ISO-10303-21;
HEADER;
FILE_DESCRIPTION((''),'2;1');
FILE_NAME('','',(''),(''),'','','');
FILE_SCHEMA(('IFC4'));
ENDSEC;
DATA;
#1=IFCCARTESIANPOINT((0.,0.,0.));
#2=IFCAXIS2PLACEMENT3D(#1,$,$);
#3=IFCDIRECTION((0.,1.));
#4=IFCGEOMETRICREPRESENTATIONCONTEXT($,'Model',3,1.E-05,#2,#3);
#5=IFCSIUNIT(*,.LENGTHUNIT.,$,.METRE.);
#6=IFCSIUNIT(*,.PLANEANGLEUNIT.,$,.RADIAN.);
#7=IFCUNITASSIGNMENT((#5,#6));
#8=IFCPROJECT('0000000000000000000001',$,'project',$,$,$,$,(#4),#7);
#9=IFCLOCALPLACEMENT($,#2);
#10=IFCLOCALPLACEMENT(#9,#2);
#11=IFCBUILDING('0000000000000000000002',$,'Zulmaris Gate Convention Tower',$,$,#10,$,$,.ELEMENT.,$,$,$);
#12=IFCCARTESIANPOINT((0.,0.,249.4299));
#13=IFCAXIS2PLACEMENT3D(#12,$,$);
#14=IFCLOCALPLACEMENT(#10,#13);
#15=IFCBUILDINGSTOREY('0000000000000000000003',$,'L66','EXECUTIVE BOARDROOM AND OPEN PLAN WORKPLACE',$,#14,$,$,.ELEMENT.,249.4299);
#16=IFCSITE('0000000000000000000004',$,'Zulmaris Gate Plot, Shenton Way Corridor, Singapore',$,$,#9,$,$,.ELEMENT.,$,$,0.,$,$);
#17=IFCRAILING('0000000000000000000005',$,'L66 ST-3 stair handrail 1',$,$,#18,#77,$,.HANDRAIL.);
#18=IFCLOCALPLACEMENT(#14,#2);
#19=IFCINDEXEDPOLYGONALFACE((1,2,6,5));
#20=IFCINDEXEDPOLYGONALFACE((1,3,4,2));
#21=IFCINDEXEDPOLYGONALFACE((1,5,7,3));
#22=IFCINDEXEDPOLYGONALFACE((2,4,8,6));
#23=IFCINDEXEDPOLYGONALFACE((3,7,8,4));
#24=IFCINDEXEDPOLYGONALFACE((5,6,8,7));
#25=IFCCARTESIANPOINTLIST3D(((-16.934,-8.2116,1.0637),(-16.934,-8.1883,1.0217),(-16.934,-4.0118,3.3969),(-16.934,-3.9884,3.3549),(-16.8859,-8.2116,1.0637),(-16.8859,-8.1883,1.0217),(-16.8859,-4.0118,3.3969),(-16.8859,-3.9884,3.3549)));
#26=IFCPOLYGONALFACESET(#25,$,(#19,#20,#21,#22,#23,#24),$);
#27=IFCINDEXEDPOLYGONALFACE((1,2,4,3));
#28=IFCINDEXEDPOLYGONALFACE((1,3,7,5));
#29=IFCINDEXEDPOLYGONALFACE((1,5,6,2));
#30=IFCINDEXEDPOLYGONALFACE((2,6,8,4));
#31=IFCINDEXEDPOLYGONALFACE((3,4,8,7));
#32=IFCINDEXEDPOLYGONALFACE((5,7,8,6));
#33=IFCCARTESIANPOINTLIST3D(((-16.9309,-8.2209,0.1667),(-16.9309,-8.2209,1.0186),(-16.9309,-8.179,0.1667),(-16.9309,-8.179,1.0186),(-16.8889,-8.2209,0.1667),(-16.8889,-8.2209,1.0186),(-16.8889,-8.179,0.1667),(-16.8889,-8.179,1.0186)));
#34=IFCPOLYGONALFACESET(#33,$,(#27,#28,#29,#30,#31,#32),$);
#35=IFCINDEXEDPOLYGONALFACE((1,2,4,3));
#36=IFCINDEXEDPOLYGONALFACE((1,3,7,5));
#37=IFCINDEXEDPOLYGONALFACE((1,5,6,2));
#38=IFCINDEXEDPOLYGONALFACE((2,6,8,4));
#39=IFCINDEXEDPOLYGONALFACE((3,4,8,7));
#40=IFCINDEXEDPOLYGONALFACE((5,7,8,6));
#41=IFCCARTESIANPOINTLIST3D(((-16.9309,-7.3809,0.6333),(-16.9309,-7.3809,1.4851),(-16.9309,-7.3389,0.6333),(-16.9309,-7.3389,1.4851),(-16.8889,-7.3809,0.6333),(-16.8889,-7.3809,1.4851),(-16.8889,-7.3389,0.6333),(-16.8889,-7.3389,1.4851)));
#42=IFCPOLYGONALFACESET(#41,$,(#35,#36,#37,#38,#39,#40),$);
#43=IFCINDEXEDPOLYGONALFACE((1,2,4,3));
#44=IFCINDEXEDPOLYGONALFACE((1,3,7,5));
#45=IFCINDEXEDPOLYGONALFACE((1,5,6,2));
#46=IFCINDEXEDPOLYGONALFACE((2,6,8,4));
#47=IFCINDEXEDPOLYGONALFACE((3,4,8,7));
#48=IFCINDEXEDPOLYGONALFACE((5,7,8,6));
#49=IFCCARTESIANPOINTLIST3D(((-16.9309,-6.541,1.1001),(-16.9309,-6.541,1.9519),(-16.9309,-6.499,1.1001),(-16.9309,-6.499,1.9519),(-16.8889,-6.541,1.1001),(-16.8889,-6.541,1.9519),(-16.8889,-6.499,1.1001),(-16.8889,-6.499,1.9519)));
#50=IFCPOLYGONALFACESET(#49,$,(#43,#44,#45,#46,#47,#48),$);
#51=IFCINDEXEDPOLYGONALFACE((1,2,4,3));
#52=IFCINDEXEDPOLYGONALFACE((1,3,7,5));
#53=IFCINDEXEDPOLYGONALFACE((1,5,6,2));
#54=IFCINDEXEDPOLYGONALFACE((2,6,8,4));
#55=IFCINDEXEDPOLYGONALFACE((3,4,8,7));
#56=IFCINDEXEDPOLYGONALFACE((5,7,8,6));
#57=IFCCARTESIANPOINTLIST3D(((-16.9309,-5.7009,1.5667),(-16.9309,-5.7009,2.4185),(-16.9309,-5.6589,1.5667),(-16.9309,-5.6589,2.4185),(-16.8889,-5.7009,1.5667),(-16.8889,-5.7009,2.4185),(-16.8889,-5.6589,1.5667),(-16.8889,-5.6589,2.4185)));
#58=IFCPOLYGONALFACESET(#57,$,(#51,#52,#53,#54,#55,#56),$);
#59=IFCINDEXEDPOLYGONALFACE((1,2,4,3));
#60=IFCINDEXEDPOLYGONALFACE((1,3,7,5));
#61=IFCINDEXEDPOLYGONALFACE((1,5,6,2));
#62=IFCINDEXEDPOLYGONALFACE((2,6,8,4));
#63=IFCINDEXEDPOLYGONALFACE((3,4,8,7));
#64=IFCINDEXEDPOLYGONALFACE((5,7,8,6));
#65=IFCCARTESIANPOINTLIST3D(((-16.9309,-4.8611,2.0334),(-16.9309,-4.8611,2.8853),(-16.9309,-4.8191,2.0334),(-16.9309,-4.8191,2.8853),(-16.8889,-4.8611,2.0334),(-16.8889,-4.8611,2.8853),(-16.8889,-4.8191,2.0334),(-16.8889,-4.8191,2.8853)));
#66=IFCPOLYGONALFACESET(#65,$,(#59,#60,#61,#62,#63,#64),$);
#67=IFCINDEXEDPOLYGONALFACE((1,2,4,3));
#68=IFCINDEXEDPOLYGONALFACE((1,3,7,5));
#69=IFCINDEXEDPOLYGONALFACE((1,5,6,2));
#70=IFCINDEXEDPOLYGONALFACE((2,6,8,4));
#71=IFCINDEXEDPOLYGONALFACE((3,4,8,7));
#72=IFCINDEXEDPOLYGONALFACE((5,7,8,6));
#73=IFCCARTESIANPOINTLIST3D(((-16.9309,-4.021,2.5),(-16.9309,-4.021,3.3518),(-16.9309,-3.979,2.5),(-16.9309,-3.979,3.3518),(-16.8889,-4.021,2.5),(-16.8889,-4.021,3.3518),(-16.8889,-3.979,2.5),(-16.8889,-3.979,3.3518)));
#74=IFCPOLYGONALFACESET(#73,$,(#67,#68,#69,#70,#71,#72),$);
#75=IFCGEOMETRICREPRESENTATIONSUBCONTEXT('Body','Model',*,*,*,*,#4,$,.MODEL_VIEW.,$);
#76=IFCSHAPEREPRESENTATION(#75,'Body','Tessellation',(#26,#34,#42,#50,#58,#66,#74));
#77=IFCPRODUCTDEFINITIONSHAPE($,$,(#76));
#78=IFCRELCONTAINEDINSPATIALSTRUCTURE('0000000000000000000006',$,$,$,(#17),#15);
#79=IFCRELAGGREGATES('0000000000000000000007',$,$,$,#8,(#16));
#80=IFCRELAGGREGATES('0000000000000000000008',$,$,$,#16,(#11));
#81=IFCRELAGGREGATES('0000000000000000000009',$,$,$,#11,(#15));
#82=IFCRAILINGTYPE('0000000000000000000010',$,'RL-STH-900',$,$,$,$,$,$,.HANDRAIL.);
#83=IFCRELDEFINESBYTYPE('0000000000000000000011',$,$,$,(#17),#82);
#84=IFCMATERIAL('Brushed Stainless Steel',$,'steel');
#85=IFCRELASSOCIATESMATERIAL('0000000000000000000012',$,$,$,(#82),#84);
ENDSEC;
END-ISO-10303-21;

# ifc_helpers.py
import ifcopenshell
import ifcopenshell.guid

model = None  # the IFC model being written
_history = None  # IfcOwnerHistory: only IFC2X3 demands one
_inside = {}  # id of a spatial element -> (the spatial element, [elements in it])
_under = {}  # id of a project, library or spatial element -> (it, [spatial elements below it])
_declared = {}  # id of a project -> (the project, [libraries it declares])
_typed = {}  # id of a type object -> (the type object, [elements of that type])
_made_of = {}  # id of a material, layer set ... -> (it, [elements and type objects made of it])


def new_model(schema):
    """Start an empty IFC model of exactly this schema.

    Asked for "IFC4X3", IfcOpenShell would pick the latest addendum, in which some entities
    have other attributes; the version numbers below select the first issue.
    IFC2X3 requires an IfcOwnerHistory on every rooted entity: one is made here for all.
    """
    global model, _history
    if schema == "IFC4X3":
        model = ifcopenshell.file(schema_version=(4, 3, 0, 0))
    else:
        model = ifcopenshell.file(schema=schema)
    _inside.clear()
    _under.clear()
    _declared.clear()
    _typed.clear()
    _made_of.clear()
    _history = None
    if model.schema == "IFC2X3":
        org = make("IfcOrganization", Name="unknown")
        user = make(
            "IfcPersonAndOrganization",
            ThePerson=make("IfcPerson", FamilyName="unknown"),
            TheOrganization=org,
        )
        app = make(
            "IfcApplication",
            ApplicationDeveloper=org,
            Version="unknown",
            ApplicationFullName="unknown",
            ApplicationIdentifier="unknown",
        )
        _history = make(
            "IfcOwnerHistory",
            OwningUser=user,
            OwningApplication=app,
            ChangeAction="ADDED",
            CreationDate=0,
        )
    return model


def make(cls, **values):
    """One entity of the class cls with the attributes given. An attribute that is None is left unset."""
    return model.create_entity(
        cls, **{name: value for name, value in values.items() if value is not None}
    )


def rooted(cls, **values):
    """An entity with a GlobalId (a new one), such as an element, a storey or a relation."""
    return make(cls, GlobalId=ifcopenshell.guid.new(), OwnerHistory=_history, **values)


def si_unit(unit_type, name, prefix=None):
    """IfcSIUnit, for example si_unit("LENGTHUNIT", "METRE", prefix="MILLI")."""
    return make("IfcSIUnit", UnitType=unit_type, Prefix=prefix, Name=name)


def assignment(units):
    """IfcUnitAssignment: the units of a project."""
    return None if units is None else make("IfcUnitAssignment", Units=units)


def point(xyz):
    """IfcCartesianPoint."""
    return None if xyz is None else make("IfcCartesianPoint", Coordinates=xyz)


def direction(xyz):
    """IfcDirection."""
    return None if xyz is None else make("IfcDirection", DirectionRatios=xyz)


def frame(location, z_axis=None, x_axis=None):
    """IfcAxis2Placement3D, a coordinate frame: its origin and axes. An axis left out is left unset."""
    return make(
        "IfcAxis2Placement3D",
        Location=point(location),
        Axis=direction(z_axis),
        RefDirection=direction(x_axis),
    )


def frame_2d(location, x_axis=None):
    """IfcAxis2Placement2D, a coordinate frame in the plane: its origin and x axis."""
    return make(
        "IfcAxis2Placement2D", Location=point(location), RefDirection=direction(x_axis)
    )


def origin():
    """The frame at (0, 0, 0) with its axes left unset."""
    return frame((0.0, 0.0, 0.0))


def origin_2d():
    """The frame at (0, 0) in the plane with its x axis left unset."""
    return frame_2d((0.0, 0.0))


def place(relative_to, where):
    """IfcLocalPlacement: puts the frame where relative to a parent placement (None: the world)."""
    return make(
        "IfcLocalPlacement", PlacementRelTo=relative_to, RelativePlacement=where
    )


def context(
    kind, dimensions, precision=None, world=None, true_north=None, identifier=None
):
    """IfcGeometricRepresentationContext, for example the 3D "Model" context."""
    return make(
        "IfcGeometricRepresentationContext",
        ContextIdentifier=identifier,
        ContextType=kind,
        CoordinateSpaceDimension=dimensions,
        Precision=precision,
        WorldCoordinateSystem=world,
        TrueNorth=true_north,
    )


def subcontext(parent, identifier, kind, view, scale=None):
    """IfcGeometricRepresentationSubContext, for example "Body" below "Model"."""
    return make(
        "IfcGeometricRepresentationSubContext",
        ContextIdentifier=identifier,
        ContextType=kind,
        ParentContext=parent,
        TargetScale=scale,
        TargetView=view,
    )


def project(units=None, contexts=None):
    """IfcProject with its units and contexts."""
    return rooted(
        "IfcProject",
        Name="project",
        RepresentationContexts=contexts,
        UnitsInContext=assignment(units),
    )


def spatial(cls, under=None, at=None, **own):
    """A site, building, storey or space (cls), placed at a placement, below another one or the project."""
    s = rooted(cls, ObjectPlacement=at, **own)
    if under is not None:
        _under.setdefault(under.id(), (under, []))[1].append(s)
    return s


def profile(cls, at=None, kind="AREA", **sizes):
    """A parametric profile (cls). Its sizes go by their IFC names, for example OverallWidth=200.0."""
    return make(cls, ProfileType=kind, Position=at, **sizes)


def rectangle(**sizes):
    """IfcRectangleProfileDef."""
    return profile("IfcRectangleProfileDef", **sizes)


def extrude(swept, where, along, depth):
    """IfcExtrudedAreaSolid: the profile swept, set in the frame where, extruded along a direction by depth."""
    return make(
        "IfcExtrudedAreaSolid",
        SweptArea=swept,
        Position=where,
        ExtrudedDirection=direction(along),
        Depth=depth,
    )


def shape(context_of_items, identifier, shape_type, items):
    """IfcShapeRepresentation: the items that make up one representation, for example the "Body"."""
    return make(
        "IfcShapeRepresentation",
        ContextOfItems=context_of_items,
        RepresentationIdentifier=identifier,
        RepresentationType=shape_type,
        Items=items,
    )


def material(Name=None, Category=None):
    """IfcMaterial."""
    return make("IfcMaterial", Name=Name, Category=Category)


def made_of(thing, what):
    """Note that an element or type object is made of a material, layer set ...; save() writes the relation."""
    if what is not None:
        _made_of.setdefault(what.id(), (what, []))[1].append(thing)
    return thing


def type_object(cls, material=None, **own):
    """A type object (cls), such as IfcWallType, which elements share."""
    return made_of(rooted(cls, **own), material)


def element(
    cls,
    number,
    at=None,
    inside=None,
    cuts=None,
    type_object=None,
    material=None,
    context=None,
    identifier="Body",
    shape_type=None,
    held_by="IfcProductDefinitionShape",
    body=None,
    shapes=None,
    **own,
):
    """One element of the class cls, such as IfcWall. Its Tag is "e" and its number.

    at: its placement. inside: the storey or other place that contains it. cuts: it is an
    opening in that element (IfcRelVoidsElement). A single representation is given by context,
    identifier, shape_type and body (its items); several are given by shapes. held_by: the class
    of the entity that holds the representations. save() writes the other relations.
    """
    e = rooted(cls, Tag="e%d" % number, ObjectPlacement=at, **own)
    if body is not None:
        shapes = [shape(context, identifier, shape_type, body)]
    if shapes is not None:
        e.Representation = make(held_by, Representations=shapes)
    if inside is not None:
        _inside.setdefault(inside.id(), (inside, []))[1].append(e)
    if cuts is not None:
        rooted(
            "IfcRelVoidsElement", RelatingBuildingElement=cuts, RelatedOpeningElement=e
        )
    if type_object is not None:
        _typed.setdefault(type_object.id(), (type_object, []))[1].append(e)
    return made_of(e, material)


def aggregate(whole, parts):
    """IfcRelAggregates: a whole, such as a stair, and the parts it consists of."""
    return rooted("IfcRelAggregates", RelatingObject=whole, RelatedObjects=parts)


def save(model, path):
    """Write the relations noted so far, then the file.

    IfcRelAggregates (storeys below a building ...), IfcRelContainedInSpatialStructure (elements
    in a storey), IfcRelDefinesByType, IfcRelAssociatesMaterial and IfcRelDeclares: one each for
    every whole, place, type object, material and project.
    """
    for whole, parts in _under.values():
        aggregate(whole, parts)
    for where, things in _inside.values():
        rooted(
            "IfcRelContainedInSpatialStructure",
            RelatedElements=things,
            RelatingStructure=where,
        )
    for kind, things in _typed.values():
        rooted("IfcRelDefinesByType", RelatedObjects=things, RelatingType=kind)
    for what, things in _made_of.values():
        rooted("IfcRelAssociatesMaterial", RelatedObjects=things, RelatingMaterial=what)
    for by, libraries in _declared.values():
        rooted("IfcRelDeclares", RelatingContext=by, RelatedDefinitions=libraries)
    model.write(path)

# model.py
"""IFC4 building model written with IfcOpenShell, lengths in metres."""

from ifc_helpers import new_model, si_unit, direction, frame, origin, origin_2d, place, context, subcontext, project, spatial, rectangle, extrude, material, type_object, element, save


model = new_model("IFC4")

# Units and contexts
model_context = context("Model", 3, precision=1e-05, world=origin(), true_north=direction((0.0, 1.0)))
body_context = subcontext(model_context, "Body", "Model", "MODEL_VIEW")
ifc_project = project(units=[si_unit("LENGTHUNIT", "METRE"), si_unit("PLANEANGLEUNIT", "RADIAN")], contexts=[model_context])

# Site, building, storey
site_placement = place(None, origin())
site = spatial("IfcSite", under=ifc_project, at=site_placement, Name="Zulmaris Gate Plot, Shenton Way Corridor, Singapore", CompositionType="ELEMENT", RefElevation=0.0)
building_placement = place(site_placement, origin())
building = spatial("IfcBuilding", under=site, at=building_placement, Name="Zulmaris Gate Convention Tower", CompositionType="ELEMENT")
storey_placement = place(building_placement, frame((0.0, 0.0, 249.4299)))
storey = spatial("IfcBuildingStorey", under=building, at=storey_placement, Name="L66", Description="EXECUTIVE BOARDROOM AND OPEN PLAN WORKPLACE", CompositionType="ELEMENT", Elevation=249.4299)

# Railing
ifc_material_1 = material(Name="Brushed Stainless Steel", Category="steel")
railing_type_1 = type_object("IfcRailingType", Name="RL-STH-900", PredefinedType="HANDRAIL", material=ifc_material_1)
for number, where, name in (
    (1, (-16.9099, -8.2, 0.1667), "L66 ST-3 stair handrail 1"),
):
    element("IfcRailing", number, at=place(storey_placement, frame(where)), inside=storey, type_object=railing_type_1, Name=name, PredefinedType="HANDRAIL", context=body_context, shape_type="SweptSolid", body=[
        extrude(rectangle(XDim=0.0481, YDim=0.0481, at=origin_2d()), frame((0.0, 0.0, 0.876), z_axis=(0.0, 0.874162, 0.485634), x_axis=(-1.0, 0.0, 0.0)), (0.0, 0.0, 1.0), 4.8044),
        extrude(rectangle(XDim=0.042, YDim=0.042, at=origin_2d()), origin(), (0.0, 0.0, 1.0), 0.8518),
        extrude(rectangle(XDim=0.042, YDim=0.042, at=origin_2d()), frame((0.0, 0.8401, 0.4666)), (0.0, 0.0, 1.0), 0.8518),
        extrude(rectangle(XDim=0.042, YDim=0.042, at=origin_2d()), frame((0.0, 1.6799, 0.9333)), (0.0, 0.0, 1.0), 0.8518),
        extrude(rectangle(XDim=0.042, YDim=0.042, at=origin_2d()), frame((0.0, 2.52, 1.3999)), (0.0, 0.0, 1.0), 0.8518),
        extrude(rectangle(XDim=0.042, YDim=0.042, at=origin_2d()), frame((0.0, 3.3599, 1.8667)), (0.0, 0.0, 1.0), 0.8518),
        extrude(rectangle(XDim=0.042, YDim=0.042, at=origin_2d()), frame((0.0, 4.2, 2.3333)), (0.0, 0.0, 1.0), 0.8518),
    ])

save(model, "model.ifc")
